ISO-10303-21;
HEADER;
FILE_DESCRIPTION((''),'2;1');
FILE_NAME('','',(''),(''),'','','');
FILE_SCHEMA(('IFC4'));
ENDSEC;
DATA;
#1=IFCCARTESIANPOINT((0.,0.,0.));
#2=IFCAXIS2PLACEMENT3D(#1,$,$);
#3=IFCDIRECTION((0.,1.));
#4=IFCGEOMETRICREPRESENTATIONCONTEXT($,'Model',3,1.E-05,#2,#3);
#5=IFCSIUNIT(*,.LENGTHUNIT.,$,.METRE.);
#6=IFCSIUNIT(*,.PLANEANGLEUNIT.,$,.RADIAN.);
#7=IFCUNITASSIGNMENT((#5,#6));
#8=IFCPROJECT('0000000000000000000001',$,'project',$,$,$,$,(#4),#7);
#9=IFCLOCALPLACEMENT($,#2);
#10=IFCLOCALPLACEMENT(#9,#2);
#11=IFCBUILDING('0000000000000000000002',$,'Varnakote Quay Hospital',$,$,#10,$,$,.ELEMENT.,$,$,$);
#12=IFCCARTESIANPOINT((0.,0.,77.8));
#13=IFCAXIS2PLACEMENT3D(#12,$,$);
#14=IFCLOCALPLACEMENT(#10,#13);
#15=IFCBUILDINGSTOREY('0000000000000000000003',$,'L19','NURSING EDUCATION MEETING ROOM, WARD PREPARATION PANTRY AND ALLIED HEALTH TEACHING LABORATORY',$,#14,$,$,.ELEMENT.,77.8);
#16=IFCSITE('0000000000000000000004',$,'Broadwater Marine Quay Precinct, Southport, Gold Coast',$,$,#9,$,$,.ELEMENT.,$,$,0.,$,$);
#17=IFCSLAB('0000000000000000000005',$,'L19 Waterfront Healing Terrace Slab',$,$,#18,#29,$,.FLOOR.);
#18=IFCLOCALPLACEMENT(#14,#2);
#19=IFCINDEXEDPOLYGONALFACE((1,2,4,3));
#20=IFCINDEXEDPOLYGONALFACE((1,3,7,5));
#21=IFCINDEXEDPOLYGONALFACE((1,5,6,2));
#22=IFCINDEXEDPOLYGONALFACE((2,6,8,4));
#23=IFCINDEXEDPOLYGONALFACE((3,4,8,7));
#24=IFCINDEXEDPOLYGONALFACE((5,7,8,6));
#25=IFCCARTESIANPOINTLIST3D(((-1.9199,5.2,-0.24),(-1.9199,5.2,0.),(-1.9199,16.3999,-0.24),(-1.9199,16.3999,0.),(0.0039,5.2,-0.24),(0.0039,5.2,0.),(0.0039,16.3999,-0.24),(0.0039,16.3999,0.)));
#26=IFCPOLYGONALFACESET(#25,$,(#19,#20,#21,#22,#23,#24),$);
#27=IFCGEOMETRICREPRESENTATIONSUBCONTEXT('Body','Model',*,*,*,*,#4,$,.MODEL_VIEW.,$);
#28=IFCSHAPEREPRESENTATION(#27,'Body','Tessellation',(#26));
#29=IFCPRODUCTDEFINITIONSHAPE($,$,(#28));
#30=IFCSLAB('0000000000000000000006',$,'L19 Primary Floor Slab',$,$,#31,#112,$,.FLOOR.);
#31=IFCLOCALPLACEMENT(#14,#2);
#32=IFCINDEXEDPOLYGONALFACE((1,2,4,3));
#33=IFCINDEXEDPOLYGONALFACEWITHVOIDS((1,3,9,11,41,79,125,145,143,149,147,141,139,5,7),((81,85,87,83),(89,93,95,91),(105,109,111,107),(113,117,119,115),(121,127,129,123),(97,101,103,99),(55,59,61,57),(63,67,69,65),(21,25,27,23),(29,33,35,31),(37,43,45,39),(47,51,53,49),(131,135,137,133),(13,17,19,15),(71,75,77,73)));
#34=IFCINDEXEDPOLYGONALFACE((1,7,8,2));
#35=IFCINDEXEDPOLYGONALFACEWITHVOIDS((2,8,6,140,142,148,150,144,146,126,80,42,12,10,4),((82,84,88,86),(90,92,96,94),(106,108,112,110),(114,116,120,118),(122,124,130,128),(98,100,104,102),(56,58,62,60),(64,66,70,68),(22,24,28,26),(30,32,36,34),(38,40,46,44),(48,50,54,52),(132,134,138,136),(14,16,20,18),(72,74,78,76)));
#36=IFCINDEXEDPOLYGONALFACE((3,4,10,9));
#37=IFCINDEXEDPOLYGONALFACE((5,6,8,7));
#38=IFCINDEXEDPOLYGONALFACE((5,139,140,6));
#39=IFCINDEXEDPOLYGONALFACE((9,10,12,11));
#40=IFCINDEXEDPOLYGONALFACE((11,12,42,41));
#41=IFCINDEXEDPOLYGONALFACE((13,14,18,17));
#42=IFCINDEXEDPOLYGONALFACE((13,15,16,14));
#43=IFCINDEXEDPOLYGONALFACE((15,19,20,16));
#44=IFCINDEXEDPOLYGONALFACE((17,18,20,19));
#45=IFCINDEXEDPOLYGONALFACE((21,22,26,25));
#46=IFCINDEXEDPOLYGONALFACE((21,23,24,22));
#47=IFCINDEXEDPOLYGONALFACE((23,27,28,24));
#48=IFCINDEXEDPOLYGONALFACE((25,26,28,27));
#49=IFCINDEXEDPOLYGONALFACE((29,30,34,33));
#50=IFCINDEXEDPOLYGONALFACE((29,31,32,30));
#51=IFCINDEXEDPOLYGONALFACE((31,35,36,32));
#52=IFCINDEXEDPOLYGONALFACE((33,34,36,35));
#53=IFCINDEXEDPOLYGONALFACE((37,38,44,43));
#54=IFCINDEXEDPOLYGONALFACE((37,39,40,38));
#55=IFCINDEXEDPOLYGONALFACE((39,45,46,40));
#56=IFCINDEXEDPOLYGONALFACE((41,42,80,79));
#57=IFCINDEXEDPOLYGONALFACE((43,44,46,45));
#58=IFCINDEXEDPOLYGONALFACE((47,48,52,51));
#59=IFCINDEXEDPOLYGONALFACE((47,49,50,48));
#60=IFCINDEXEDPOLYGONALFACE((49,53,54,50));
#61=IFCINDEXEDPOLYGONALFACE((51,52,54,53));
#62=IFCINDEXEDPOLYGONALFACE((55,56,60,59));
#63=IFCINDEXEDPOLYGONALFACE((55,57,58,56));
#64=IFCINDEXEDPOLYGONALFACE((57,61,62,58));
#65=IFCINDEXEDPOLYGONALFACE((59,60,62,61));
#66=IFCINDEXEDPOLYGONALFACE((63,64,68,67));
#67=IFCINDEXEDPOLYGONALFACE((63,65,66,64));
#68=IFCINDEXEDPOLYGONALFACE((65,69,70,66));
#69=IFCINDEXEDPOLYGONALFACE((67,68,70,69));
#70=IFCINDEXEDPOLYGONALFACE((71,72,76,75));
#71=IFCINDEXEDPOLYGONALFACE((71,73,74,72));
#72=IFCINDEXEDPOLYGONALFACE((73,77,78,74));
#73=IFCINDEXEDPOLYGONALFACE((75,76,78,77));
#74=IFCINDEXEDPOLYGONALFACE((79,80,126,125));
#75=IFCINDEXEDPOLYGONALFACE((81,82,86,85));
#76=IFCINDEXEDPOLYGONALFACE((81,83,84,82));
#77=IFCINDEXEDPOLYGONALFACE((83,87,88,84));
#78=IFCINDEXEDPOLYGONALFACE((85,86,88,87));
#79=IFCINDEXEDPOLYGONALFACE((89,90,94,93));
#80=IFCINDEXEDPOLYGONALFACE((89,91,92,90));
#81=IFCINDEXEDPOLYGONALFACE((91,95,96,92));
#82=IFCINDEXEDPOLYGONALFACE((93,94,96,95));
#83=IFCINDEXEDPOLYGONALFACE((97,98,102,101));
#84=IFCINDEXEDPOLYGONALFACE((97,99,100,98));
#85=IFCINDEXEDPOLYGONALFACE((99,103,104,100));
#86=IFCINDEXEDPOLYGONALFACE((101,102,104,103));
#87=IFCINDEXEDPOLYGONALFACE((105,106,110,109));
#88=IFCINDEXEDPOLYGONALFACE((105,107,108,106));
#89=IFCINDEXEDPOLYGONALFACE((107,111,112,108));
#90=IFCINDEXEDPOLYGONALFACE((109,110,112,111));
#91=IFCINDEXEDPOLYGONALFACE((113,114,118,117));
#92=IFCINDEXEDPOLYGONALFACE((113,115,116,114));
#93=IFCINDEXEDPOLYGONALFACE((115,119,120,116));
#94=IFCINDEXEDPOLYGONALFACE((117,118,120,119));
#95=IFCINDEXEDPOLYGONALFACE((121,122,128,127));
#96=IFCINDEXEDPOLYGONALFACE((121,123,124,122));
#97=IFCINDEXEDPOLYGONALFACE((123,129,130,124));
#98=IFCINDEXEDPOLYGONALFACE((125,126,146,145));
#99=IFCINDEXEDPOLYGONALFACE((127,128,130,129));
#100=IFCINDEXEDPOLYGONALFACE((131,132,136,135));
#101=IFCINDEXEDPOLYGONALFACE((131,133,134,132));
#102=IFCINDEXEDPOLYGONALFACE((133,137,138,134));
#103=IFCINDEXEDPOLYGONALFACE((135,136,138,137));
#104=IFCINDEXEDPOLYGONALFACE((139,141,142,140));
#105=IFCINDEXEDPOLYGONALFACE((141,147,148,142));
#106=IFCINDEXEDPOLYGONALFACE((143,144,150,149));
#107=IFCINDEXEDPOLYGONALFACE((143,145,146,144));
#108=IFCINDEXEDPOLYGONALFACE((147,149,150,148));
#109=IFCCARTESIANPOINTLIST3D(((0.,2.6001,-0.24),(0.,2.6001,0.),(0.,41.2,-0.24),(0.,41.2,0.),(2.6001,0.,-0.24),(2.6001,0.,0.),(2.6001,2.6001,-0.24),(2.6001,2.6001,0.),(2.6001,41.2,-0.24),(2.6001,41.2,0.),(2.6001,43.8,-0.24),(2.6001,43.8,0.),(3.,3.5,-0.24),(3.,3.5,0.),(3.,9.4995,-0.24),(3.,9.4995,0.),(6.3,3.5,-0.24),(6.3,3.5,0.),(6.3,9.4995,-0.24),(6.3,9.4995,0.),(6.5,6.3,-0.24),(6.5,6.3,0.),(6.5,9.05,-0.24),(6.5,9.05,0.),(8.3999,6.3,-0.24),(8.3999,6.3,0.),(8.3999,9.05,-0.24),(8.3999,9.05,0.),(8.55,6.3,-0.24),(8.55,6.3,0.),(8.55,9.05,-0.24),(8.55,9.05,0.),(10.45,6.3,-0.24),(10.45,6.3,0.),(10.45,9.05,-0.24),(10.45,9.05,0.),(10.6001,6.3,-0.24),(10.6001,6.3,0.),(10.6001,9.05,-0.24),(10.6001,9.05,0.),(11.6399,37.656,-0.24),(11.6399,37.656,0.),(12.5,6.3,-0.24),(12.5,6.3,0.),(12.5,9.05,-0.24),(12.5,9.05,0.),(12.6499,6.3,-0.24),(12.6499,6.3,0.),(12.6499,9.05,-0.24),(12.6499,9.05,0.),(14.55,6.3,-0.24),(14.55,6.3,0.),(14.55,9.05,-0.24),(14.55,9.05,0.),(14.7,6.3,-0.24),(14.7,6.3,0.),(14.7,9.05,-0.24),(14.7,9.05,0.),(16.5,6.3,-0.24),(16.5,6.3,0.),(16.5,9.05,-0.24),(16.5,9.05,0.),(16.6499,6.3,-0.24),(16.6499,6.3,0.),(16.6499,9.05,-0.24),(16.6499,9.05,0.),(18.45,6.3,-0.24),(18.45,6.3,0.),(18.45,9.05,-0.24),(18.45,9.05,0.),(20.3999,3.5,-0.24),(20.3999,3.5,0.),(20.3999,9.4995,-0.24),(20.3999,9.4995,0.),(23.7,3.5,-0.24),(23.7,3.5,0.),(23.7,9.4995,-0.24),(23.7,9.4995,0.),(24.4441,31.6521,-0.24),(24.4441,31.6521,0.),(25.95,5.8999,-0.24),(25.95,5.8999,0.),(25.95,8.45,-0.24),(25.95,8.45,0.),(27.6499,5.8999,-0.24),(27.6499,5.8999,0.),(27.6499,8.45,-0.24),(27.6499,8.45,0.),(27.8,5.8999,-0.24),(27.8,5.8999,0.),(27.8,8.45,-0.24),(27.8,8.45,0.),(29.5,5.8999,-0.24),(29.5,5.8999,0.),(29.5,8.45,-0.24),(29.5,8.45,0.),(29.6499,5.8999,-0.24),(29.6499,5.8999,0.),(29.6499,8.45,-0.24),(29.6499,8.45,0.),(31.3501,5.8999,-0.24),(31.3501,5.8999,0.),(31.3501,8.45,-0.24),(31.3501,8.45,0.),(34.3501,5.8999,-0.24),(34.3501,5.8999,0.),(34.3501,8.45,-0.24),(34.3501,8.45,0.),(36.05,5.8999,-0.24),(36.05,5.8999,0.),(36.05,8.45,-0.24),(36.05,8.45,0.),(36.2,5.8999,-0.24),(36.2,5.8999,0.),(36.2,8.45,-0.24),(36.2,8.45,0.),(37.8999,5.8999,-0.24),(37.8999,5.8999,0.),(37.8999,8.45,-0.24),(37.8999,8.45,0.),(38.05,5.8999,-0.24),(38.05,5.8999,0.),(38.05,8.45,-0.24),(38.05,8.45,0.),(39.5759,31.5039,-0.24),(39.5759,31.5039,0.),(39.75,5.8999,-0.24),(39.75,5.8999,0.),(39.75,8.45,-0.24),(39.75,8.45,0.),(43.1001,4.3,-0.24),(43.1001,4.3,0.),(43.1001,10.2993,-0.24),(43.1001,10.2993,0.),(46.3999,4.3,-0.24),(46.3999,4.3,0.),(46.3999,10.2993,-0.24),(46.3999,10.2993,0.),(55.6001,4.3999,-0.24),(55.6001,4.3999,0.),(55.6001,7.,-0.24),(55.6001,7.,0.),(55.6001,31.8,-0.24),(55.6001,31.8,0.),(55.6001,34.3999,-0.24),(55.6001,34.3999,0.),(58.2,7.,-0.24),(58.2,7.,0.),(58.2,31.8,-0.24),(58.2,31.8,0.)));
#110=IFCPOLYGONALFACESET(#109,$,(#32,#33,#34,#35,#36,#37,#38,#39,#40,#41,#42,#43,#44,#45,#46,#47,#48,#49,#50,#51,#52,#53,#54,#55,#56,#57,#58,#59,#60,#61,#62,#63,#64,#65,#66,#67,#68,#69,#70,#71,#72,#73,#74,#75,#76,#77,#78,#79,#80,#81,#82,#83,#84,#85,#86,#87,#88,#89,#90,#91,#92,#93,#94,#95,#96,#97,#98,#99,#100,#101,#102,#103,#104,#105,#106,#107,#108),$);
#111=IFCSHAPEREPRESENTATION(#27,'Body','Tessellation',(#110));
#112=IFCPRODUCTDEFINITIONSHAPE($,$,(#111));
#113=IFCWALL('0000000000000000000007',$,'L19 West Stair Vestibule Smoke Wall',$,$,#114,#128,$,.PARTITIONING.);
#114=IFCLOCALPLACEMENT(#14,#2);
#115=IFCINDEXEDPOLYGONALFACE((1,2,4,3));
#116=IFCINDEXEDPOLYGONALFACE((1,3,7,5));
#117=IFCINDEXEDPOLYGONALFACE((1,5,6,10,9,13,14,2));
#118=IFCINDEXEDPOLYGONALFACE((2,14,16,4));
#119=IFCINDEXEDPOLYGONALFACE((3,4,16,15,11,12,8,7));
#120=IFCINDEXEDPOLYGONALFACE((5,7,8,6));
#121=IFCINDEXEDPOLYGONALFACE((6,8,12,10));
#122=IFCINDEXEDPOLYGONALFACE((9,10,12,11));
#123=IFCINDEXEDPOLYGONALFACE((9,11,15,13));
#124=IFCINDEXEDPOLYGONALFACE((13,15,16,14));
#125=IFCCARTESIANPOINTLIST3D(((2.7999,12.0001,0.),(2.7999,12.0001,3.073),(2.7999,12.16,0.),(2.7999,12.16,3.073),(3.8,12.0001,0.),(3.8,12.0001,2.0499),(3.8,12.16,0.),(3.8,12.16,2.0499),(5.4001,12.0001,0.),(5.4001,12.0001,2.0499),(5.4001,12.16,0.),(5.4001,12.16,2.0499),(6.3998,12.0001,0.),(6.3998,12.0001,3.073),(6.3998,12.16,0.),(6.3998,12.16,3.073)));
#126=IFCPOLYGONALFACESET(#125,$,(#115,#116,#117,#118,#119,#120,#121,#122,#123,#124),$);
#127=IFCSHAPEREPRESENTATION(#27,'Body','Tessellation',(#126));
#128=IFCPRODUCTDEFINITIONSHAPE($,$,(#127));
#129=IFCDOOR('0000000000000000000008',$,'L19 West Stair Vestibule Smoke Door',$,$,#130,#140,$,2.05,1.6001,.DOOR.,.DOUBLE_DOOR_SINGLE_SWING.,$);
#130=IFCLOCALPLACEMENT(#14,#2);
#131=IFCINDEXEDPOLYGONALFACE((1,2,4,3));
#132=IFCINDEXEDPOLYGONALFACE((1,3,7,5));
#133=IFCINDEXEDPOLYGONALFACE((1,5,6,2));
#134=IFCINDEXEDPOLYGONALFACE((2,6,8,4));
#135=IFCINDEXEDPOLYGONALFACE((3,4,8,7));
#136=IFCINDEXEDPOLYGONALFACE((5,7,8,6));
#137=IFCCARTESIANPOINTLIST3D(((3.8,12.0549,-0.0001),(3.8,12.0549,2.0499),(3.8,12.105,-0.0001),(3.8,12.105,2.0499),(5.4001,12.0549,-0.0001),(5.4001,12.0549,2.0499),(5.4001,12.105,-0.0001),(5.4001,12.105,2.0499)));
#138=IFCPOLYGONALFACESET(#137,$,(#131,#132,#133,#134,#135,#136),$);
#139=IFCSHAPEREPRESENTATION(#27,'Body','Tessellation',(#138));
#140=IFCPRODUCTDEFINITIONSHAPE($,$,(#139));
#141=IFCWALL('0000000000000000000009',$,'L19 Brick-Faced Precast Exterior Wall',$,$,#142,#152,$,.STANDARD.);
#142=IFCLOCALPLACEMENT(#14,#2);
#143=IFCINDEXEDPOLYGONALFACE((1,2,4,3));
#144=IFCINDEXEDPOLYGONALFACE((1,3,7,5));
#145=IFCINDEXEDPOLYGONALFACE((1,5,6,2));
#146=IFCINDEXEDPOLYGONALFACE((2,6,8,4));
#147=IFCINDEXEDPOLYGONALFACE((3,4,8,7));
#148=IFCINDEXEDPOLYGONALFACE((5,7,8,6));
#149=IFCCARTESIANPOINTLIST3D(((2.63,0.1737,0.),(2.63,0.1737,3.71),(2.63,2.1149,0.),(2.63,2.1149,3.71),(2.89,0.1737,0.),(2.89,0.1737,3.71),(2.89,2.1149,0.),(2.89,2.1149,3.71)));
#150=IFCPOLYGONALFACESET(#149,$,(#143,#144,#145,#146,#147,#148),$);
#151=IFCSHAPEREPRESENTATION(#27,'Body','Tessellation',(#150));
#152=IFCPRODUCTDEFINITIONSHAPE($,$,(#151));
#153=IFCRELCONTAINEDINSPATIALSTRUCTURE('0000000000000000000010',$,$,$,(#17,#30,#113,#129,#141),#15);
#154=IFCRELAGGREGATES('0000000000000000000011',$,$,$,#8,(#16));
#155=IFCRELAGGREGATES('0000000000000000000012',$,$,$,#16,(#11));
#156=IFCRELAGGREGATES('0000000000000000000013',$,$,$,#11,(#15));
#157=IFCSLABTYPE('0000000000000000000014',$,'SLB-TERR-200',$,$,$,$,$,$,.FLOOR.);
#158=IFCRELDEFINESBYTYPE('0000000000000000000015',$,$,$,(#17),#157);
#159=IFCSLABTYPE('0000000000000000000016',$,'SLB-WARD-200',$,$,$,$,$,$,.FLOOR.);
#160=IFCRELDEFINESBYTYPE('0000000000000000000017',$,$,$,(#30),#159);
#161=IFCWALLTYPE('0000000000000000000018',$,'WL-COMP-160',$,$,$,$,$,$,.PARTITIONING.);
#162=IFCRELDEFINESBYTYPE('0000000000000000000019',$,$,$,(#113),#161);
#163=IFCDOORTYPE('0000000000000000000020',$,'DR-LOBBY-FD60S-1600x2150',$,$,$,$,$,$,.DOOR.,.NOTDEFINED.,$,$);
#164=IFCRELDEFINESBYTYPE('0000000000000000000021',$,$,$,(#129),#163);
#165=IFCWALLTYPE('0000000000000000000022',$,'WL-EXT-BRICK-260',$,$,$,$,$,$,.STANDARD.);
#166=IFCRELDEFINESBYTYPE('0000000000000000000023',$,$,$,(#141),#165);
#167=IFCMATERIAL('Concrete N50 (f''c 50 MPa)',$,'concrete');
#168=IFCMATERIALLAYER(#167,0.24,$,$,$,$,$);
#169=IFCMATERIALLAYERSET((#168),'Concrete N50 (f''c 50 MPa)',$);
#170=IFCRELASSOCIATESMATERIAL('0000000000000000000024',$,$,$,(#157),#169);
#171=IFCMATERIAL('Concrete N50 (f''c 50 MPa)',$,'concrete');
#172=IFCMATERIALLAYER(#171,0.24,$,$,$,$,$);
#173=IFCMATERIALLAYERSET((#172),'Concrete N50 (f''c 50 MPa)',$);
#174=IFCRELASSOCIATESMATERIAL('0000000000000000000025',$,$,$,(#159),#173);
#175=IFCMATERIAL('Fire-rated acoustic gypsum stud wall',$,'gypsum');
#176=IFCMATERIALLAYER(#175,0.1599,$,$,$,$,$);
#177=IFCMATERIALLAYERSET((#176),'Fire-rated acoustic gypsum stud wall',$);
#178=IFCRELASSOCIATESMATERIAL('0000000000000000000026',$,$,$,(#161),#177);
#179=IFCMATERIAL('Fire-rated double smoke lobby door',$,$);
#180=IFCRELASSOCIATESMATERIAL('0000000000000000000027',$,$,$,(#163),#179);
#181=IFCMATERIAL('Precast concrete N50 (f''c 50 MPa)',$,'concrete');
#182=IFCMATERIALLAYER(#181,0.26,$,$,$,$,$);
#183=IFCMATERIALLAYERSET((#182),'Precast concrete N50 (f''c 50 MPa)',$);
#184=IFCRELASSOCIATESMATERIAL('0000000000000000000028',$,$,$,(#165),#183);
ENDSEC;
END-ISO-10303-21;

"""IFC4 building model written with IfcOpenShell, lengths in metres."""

from ifc_helpers import new_model, si_unit, direction, frame, frame_2d, origin, place, context, subcontext, project, spatial, polyline, rectangle, outline, extrude, material, layer, layer_set, type_object, element, fill, save


model = new_model("IFC4")

# Units and contexts
model_context = context("Model", 3, precision=1e-05, world=origin(), true_north=direction((0.0, 1.0)))
body_context = subcontext(model_context, "Body", "Model", "MODEL_VIEW")
ifc_project = project(units=[si_unit("LENGTHUNIT", "METRE"), si_unit("PLANEANGLEUNIT", "RADIAN")], contexts=[model_context])

# Site, building, storey
site_placement = place(None, origin())
site = spatial("IfcSite", under=ifc_project, at=site_placement, Name="Broadwater Marine Quay Precinct, Southport, Gold Coast", CompositionType="ELEMENT", RefElevation=0.0)
building_placement = place(site_placement, origin())
building = spatial("IfcBuilding", under=site, at=building_placement, Name="Varnakote Quay Hospital", CompositionType="ELEMENT")
storey_placement = place(building_placement, frame((0.0, 0.0, 77.8)))
storey = spatial("IfcBuildingStorey", under=building, at=storey_placement, Name="L19", Description="NURSING EDUCATION MEETING ROOM, WARD PREPARATION PANTRY AND ALLIED HEALTH TEACHING LABORATORY", CompositionType="ELEMENT", Elevation=77.8)

# Slabs
ifc_material_1 = material(Name="Concrete N50 (f'c 50 MPa)", Category="concrete")
ifc_layer_1 = layer(ifc_material_1, 0.24)
ifc_layer_set_1 = layer_set([ifc_layer_1], Name="Concrete N50 (f'c 50 MPa)")
slab_type_1 = type_object("IfcSlabType", Name="SLB-TERR-200", PredefinedType="FLOOR", material=ifc_layer_set_1)
slab_1_placement = place(storey_placement, frame((0.0, 0.0, -0.24)))
element("IfcSlab", 1, at=slab_1_placement, inside=storey, type_object=slab_type_1, Name="L19 Waterfront Healing Terrace Slab", PredefinedType="FLOOR", context=body_context, shape_type="SweptSolid", body=[
    extrude(outline(polyline([(0.0039, 5.2), (0.0039, 16.3999), (-1.9199, 16.3999), (-1.9199, 5.2), (0.0039, 5.2)])), origin(), (0.0, 0.0, 1.0), 0.24),
])
ifc_material_2 = material(Name="Concrete N50 (f'c 50 MPa)", Category="concrete")
ifc_layer_2 = layer(ifc_material_2, 0.24)
ifc_layer_set_2 = layer_set([ifc_layer_2], Name="Concrete N50 (f'c 50 MPa)")
slab_type_2 = type_object("IfcSlabType", Name="SLB-WARD-200", PredefinedType="FLOOR", material=ifc_layer_set_2)
slab_2_placement = place(storey_placement, frame((0.0, 0.0, -0.24)))
element("IfcSlab", 2, at=slab_2_placement, inside=storey, type_object=slab_type_2, Name="L19 Primary Floor Slab", PredefinedType="FLOOR", context=body_context, shape_type="SweptSolid", body=[
    extrude(outline(polyline([(0.0, 2.6001), (2.6001, 2.6001), (2.6001, 0.0), (55.6001, 4.3999), (55.6001, 7.0), (58.2, 7.0), (58.2, 31.8), (55.6001, 31.8), (55.6001, 34.3999), (39.5759, 31.5039), (24.4441, 31.6521), (11.6399, 37.656), (2.6001, 43.8), (2.6001, 41.2), (0.0, 41.2), (0.0, 2.6001)]), holes=[polyline([(3.0, 3.5), (6.3, 3.5), (6.3, 9.4995), (3.0, 9.4995), (3.0, 3.5)]), polyline([(20.3999, 3.5), (23.7, 3.5), (23.7, 9.4995), (20.3999, 9.4995), (20.3999, 3.5)]), polyline([(43.1001, 4.3), (46.3999, 4.3), (46.3999, 10.2993), (43.1001, 10.2993), (43.1001, 4.3)]), polyline([(6.5, 6.3), (8.3999, 6.3), (8.3999, 9.05), (6.5, 9.05), (6.5, 6.3)]), polyline([(8.55, 6.3), (10.45, 6.3), (10.45, 9.05), (8.55, 9.05), (8.55, 6.3)]), polyline([(10.6001, 6.3), (12.5, 6.3), (12.5, 9.05), (10.6001, 9.05), (10.6001, 6.3)]), polyline([(12.6499, 6.3), (14.55, 6.3), (14.55, 9.05), (12.6499, 9.05), (12.6499, 6.3)]), polyline([(14.7, 6.3), (16.5, 6.3), (16.5, 9.05), (14.7, 9.05), (14.7, 6.3)]), polyline([(16.6499, 6.3), (18.45, 6.3), (18.45, 9.05), (16.6499, 9.05), (16.6499, 6.3)]), polyline([(25.95, 5.8999), (27.6499, 5.8999), (27.6499, 8.45), (25.95, 8.45), (25.95, 5.8999)]), polyline([(27.8, 5.8999), (29.5, 5.8999), (29.5, 8.45), (27.8, 8.45), (27.8, 5.8999)]), polyline([(29.6499, 5.8999), (31.3501, 5.8999), (31.3501, 8.45), (29.6499, 8.45), (29.6499, 5.8999)]), polyline([(34.3501, 5.8999), (36.05, 5.8999), (36.05, 8.45), (34.3501, 8.45), (34.3501, 5.8999)]), polyline([(36.2, 5.8999), (37.8999, 5.8999), (37.8999, 8.45), (36.2, 8.45), (36.2, 5.8999)]), polyline([(38.05, 5.8999), (39.75, 5.8999), (39.75, 8.45), (38.05, 8.45), (38.05, 5.8999)])]), origin(), (0.0, 0.0, 1.0), 0.24),
])

# Wall, opening, door
ifc_material_3 = material(Name="Fire-rated acoustic gypsum stud wall", Category="gypsum")
ifc_layer_3 = layer(ifc_material_3, 0.1599)
ifc_layer_set_3 = layer_set([ifc_layer_3], Name="Fire-rated acoustic gypsum stud wall")
wall_type_1 = type_object("IfcWallType", Name="WL-COMP-160", PredefinedType="PARTITIONING", material=ifc_layer_set_3)
wall_1_placement = place(storey_placement, frame((2.8, 12.0801, 0.0), z_axis=(0.0, 0.0, 1.0), x_axis=(1.0, 0.0, 0.0)))
wall_1 = element("IfcWall", 3, at=wall_1_placement, inside=storey, type_object=wall_type_1, Name="L19 West Stair Vestibule Smoke Wall", PredefinedType="PARTITIONING", context=body_context, shape_type="SweptSolid", body=[
    extrude(rectangle(XDim=3.5999, YDim=0.1599, at=frame_2d((1.7998, 0.0))), origin(), (0.0, 0.0, 1.0), 3.073),
])
opening_1_placement = place(wall_1_placement, frame((1.0, 0.0, 0.0)))
opening_1 = element("IfcOpeningElement", 4, at=opening_1_placement, cuts=wall_1, PredefinedType="OPENING", context=body_context, shape_type="SweptSolid", body=[
    extrude(rectangle(XDim=1.6001, YDim=2.05, at=frame_2d((0.8, 1.0249))), frame((0.0, 0.0898, 0.0), z_axis=(0.0, -1.0, 0.0), x_axis=(1.0, 0.0, 0.0)), (0.0, 0.0, 1.0), 0.1799),
])
ifc_material_4 = material(Name="Fire-rated double smoke lobby door")
door_type_1 = type_object("IfcDoorType", Name="DR-LOBBY-FD60S-1600x2150", OperationType="NOTDEFINED", PredefinedType="DOOR", material=ifc_material_4)
door_1_placement = place(opening_1_placement, origin())
door_1 = element("IfcDoor", 5, at=door_1_placement, inside=storey, type_object=door_type_1, Name="L19 West Stair Vestibule Smoke Door", OperationType="DOUBLE_DOOR_SINGLE_SWING", OverallHeight=2.05, OverallWidth=1.6001, PredefinedType="DOOR", context=body_context, shape_type="SweptSolid", body=[
    extrude(rectangle(XDim=1.6001, YDim=2.05, at=frame_2d((0.8, 1.0249))), frame((0.0, 0.0249, 0.0), z_axis=(0.0, -1.0, 0.0), x_axis=(1.0, 0.0, 0.0)), (0.0, 0.0, 1.0), 0.05),
])
fill(opening_1, door_1)

# Wall
ifc_material_5 = material(Name="Precast concrete N50 (f'c 50 MPa)", Category="concrete")
ifc_layer_4 = layer(ifc_material_5, 0.26)
ifc_layer_set_4 = layer_set([ifc_layer_4], Name="Precast concrete N50 (f'c 50 MPa)")
wall_type_2 = type_object("IfcWallType", Name="WL-EXT-BRICK-260", PredefinedType="STANDARD", material=ifc_layer_set_4)
wall_2_placement = place(storey_placement, frame((2.76, 2.115, 0.0), z_axis=(0.0, 0.0, 1.0), x_axis=(0.0, -1.0, 0.0)))
element("IfcWall", 6, at=wall_2_placement, inside=storey, type_object=wall_type_2, Name="L19 Brick-Faced Precast Exterior Wall", PredefinedType="STANDARD", context=body_context, shape_type="SweptSolid", body=[
    extrude(rectangle(XDim=1.9412, YDim=0.26, at=frame_2d((0.9707, 0.0))), origin(), (0.0, 0.0, 1.0), 3.71),
])

save(model, "model.ifc")
